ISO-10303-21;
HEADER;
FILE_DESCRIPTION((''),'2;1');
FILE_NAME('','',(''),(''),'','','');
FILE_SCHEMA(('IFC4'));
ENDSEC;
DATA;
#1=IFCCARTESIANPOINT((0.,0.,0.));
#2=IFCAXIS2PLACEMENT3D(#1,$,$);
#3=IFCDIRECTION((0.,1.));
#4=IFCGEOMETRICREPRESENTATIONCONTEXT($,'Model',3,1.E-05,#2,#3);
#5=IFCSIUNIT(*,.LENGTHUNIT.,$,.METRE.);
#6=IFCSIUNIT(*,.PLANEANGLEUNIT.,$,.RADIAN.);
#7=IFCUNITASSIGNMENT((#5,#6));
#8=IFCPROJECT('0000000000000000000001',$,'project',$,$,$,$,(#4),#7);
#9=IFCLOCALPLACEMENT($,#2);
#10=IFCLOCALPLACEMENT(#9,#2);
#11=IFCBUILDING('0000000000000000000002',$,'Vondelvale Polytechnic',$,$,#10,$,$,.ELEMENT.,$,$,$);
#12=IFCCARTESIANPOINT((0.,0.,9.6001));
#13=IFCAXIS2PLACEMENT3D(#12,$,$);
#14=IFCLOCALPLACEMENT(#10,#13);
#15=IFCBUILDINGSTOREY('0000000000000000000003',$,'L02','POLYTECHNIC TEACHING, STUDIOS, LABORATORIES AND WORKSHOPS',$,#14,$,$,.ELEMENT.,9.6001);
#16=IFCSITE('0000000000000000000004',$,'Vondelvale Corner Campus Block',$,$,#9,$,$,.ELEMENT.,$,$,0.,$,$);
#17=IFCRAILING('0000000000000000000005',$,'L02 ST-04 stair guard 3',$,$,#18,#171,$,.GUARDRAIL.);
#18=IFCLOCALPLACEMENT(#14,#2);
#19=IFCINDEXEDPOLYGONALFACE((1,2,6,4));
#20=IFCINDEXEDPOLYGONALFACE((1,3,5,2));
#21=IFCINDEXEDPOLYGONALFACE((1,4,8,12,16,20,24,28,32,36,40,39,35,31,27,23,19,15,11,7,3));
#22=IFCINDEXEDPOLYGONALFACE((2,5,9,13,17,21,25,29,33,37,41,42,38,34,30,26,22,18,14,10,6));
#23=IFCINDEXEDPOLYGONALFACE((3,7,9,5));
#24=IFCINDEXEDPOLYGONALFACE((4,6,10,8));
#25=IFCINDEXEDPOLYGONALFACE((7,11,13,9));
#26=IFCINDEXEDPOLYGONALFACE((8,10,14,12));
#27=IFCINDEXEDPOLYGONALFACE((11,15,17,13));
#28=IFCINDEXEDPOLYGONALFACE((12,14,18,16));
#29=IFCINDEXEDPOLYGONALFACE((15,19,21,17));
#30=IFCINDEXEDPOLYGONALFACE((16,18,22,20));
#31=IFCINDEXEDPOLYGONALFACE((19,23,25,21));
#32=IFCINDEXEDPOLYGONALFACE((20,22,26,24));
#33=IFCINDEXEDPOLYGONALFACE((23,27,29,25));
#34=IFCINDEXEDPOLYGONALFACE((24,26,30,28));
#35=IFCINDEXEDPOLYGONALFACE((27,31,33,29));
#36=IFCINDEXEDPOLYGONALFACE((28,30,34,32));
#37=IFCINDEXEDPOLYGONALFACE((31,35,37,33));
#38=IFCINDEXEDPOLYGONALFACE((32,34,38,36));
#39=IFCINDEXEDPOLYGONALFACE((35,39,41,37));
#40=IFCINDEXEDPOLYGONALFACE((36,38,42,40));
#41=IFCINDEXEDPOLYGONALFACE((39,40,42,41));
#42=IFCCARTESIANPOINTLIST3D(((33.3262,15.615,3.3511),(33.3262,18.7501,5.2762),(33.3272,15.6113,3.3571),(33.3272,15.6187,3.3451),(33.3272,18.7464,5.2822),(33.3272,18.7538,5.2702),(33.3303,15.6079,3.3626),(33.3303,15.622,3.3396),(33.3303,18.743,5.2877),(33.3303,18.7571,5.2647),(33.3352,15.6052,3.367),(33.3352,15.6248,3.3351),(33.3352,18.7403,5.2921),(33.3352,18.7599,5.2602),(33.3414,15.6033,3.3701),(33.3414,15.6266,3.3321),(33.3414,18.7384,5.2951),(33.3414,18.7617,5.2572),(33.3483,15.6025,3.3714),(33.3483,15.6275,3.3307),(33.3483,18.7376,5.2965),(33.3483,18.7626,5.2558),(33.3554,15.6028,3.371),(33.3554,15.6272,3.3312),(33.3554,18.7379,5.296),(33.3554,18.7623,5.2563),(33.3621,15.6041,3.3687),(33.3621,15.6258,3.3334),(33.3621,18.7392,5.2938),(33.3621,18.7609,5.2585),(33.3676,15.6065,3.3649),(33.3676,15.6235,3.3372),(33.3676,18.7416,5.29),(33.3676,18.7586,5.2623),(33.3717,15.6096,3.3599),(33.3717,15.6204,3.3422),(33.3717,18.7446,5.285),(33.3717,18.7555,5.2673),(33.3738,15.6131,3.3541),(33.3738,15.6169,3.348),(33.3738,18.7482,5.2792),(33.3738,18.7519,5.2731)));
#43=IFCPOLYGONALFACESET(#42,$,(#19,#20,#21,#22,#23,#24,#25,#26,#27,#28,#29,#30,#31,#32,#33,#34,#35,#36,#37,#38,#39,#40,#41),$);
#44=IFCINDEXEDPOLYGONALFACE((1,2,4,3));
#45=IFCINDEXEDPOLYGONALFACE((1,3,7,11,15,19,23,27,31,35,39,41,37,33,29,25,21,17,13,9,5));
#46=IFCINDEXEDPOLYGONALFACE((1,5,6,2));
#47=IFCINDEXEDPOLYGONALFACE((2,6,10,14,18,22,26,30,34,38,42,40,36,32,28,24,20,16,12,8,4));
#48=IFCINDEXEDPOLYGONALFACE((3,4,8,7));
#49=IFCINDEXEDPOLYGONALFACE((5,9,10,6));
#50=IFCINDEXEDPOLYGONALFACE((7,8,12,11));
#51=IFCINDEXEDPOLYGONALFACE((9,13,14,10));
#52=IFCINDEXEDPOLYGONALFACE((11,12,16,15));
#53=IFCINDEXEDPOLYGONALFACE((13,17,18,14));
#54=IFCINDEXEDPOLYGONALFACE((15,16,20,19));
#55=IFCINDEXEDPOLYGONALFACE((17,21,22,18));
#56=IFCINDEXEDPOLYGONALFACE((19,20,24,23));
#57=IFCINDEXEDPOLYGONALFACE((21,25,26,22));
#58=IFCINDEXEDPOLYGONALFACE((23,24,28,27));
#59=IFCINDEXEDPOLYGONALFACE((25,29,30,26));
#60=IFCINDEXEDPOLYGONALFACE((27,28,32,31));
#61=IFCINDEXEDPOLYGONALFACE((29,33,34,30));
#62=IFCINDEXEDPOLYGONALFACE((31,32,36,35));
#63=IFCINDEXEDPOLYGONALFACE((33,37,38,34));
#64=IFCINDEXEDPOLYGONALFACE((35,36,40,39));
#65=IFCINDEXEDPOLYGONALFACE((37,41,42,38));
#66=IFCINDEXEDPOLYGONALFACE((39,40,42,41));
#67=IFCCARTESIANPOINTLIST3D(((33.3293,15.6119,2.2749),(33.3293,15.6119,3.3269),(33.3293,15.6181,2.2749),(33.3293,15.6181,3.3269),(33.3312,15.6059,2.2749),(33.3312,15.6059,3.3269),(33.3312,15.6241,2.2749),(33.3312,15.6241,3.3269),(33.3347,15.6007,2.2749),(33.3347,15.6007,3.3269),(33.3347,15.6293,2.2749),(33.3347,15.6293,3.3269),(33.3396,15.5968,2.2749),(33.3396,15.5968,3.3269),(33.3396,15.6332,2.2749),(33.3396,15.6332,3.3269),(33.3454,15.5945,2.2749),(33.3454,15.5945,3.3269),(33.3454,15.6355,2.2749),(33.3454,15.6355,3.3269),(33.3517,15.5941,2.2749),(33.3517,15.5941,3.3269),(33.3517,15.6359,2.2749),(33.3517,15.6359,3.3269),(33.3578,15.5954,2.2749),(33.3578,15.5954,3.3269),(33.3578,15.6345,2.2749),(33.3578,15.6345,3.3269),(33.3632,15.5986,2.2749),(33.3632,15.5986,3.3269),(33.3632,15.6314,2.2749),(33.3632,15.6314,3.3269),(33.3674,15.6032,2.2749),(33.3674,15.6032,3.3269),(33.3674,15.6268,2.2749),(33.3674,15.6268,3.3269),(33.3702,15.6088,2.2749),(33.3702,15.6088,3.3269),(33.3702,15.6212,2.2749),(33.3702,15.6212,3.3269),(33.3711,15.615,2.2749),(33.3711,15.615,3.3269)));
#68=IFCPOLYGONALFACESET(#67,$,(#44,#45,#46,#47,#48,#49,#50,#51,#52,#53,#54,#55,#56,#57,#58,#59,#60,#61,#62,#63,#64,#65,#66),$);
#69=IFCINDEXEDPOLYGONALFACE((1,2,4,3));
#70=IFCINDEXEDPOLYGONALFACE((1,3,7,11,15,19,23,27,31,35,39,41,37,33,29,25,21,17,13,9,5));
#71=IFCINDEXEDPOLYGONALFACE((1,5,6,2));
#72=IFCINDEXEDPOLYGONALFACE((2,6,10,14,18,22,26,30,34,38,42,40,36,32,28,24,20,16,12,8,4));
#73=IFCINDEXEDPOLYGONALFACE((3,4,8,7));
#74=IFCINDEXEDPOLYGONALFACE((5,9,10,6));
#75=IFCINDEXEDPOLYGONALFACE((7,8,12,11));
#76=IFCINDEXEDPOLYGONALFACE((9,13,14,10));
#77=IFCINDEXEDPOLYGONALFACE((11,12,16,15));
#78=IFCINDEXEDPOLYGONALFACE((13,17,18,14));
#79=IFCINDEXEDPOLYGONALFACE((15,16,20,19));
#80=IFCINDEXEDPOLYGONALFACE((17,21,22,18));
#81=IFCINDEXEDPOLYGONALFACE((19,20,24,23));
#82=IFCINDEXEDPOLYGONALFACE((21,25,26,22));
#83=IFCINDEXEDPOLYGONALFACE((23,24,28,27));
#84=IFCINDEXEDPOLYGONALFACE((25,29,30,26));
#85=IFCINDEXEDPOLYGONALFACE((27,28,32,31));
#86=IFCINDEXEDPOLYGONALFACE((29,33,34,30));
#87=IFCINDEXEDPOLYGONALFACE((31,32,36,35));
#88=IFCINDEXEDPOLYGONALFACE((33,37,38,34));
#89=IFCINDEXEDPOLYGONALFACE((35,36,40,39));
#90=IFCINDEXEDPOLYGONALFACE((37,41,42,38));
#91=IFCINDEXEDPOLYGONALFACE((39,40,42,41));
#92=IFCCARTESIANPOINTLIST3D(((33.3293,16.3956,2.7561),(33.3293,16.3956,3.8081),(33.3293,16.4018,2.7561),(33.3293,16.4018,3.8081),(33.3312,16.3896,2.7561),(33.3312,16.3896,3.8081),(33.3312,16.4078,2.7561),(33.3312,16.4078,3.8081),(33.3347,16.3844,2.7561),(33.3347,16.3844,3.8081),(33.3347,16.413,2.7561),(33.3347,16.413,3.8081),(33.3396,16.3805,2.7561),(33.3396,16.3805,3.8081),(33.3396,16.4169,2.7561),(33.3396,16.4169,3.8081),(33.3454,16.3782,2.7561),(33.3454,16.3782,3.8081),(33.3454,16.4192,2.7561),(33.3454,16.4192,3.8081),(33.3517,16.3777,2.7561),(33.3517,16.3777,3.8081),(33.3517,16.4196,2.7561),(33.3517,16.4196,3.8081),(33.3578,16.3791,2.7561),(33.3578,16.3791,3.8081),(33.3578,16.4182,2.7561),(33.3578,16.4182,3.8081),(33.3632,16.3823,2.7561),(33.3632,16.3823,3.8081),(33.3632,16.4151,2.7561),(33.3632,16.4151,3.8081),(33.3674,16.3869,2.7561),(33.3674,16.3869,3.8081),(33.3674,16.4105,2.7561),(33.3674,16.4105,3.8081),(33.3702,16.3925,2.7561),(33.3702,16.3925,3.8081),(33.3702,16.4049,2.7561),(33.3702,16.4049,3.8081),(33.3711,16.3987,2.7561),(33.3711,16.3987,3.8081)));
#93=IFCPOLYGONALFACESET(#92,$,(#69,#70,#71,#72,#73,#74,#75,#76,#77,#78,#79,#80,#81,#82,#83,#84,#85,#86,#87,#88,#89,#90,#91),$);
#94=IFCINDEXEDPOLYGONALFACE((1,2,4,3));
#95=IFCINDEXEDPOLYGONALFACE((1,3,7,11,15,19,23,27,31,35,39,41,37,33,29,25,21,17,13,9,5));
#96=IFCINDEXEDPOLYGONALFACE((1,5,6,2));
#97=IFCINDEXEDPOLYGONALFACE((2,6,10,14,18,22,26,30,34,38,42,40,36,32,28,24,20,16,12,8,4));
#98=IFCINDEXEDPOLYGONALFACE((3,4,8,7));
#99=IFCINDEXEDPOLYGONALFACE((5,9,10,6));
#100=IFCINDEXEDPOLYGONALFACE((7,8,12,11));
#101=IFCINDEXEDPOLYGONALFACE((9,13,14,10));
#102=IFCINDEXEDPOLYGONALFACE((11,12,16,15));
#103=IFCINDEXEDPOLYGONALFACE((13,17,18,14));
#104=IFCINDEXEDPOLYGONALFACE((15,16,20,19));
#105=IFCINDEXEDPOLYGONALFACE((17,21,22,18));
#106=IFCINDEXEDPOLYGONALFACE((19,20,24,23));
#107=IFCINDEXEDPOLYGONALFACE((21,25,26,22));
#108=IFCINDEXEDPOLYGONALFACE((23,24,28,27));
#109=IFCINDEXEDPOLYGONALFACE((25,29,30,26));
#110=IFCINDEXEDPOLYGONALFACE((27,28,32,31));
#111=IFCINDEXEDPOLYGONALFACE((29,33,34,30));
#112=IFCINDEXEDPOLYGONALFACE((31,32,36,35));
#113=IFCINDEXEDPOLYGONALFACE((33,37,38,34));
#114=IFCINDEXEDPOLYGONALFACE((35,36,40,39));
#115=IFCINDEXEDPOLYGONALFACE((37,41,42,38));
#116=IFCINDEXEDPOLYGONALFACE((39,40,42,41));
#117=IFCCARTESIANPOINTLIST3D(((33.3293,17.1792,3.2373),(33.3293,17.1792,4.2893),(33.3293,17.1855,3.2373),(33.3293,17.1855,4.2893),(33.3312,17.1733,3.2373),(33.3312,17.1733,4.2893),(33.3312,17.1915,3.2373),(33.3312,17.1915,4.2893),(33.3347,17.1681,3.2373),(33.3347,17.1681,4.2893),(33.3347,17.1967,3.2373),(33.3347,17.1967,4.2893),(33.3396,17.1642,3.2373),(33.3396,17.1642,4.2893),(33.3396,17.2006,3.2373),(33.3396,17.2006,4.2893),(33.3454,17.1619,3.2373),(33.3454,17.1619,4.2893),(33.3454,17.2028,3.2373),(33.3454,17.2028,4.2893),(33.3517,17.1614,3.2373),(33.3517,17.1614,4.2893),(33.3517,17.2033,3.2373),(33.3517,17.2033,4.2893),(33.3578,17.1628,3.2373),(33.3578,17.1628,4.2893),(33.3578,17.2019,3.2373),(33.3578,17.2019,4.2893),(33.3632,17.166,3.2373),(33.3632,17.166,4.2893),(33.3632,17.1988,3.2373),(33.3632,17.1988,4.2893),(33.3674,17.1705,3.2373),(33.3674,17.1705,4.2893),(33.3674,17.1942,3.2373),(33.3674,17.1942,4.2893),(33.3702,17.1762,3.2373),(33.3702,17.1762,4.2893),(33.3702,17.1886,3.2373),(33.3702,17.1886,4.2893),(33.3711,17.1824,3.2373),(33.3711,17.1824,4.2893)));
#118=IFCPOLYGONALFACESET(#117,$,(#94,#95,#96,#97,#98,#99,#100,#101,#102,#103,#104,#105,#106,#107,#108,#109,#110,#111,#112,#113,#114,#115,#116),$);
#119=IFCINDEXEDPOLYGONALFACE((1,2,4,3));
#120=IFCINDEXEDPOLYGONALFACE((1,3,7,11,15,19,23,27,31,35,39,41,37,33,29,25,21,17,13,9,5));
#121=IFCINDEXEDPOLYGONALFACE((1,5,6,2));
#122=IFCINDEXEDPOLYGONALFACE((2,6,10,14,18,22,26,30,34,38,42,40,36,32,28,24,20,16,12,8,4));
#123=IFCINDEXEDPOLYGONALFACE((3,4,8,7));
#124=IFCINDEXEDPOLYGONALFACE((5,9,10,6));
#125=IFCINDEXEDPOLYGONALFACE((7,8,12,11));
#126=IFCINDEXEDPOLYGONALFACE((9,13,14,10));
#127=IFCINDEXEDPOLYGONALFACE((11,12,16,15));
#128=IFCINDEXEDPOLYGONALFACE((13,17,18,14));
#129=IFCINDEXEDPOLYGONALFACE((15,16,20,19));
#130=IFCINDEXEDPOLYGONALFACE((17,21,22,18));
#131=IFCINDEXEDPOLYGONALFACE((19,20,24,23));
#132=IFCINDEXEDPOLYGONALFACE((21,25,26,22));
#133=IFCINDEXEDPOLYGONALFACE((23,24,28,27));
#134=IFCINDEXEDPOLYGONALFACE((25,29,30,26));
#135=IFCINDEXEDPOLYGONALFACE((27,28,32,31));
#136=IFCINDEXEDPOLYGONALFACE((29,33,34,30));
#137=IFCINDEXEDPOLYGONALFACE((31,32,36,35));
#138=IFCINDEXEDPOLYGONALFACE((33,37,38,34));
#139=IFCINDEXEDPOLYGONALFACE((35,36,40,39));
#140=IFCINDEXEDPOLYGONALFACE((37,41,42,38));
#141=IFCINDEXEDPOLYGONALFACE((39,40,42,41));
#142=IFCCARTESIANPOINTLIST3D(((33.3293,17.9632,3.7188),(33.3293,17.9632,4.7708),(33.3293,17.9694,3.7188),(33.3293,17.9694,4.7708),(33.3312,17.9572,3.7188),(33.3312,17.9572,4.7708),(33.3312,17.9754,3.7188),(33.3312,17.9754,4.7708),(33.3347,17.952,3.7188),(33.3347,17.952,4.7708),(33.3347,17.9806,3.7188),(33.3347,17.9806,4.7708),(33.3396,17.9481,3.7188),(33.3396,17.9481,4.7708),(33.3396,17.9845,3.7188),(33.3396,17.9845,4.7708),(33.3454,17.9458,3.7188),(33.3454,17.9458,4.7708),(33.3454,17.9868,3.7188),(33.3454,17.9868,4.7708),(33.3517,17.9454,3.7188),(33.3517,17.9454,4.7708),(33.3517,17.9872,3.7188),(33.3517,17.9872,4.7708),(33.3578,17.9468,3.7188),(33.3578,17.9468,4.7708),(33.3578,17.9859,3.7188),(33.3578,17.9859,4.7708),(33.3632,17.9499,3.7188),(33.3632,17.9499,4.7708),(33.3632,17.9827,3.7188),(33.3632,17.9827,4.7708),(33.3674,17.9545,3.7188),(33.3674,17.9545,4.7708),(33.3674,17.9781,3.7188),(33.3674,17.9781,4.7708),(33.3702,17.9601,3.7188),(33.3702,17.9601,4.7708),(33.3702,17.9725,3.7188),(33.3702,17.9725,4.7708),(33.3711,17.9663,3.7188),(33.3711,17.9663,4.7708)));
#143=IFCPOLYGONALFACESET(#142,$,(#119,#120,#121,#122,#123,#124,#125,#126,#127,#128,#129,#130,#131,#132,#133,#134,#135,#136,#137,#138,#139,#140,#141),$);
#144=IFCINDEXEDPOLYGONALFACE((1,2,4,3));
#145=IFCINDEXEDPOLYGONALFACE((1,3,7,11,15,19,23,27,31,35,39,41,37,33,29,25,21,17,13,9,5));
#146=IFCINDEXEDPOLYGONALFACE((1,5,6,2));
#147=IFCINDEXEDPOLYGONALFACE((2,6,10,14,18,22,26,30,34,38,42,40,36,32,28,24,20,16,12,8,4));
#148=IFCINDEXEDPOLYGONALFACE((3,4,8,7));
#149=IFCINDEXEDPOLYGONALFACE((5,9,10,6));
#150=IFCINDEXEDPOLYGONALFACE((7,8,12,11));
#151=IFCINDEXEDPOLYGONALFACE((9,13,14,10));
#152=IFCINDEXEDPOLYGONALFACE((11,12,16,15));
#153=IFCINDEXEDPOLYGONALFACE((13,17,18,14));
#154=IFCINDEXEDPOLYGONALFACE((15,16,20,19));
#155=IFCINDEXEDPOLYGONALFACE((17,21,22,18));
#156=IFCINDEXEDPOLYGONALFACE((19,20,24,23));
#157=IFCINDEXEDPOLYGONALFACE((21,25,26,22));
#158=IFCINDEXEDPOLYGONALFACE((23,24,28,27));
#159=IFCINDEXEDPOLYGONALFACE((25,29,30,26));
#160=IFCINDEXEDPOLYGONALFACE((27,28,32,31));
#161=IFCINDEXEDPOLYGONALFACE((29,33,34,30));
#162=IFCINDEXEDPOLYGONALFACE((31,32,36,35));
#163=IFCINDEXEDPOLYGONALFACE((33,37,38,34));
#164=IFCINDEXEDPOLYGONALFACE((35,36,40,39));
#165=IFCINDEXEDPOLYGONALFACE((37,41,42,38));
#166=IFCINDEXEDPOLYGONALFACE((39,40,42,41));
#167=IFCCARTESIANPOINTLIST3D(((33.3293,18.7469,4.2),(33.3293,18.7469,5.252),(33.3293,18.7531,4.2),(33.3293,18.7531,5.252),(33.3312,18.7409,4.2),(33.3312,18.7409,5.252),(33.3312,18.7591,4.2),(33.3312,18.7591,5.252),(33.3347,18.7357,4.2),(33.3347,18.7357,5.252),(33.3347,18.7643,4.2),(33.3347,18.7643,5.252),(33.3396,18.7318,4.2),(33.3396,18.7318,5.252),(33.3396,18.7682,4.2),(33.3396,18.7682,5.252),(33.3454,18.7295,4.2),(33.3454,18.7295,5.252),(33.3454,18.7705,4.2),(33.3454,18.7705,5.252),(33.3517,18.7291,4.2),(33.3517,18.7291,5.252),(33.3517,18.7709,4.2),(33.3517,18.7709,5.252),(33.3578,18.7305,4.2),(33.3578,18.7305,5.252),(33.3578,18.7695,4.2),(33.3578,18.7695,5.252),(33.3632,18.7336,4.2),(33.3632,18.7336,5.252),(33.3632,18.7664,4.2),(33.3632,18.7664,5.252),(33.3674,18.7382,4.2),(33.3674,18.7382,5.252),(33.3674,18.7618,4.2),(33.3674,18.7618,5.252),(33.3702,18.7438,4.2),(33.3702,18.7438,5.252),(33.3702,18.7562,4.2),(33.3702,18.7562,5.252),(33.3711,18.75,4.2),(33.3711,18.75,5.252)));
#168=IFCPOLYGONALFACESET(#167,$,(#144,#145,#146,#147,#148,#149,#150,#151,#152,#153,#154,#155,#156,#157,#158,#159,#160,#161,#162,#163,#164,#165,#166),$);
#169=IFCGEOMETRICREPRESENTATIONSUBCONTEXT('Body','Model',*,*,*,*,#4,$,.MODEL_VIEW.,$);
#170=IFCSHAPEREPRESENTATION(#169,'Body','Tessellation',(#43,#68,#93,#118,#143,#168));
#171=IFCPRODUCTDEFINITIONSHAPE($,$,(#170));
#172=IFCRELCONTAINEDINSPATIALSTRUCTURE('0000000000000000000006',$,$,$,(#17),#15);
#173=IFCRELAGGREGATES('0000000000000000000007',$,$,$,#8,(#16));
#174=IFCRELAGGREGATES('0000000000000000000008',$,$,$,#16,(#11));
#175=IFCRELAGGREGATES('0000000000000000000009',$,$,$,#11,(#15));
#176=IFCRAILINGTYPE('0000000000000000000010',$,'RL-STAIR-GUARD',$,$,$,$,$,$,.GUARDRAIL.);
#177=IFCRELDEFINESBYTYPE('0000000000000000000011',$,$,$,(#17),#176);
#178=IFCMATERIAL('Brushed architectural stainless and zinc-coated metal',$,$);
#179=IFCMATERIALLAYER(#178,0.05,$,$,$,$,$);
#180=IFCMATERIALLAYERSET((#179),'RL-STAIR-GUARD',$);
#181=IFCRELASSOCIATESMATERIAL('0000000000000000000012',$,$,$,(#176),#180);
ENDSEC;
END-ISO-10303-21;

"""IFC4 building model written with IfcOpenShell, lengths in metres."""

from ifc_helpers import new_model, si_unit, direction, frame, origin, origin_2d, place, context, subcontext, project, spatial, circle, extrude, material, layer, layer_set, type_object, element, save


model = new_model("IFC4")

# Units and contexts
model_context = context("Model", 3, precision=1e-05, world=origin(), true_north=direction((0.0, 1.0)))
body_context = subcontext(model_context, "Body", "Model", "MODEL_VIEW")
ifc_project = project(units=[si_unit("LENGTHUNIT", "METRE"), si_unit("PLANEANGLEUNIT", "RADIAN")], contexts=[model_context])

# Site, building, storey
site_placement = place(None, origin())
site = spatial("IfcSite", under=ifc_project, at=site_placement, Name="Vondelvale Corner Campus Block", CompositionType="ELEMENT", RefElevation=0.0)
building_placement = place(site_placement, origin())
building = spatial("IfcBuilding", under=site, at=building_placement, Name="Vondelvale Polytechnic", CompositionType="ELEMENT")
storey_placement = place(building_placement, frame((0.0, 0.0, 9.6001)))
storey = spatial("IfcBuildingStorey", under=building, at=storey_placement, Name="L02", Description="POLYTECHNIC TEACHING, STUDIOS, LABORATORIES AND WORKSHOPS", CompositionType="ELEMENT", Elevation=9.6001)

# Shared definitions
ifc_material_1 = material(Name="Brushed architectural stainless and zinc-coated metal")

# Railing
ifc_layer_1 = layer(ifc_material_1, 0.05)
ifc_layer_set_1 = layer_set([ifc_layer_1], Name="RL-STAIR-GUARD")
railing_type_1 = type_object("IfcRailingType", Name="RL-STAIR-GUARD", PredefinedType="GUARDRAIL", material=ifc_layer_set_1)
railing_1_placement = place(storey_placement, frame((33.3501, 15.615, 2.2749)))
element("IfcRailing", 1, at=railing_1_placement, inside=storey, type_object=railing_type_1, Name="L02 ST-04 stair guard 3", PredefinedType="GUARDRAIL", context=body_context, shape_type="SweptSolid", body=[
    extrude(circle(Radius=0.0239, at=origin_2d()), frame((0.0, 0.0, 1.0762), z_axis=(0.0, 0.852166, 0.523271), x_axis=(-1.0, 0.0, 0.0)), (0.0, 0.0, 1.0), 3.679),
    extrude(circle(Radius=0.021, at=origin_2d()), origin(), (0.0, 0.0, 1.0), 1.052),
    extrude(circle(Radius=0.021, at=origin_2d()), frame((0.0, 0.7837, 0.4812)), (0.0, 0.0, 1.0), 1.052),
    extrude(circle(Radius=0.021, at=origin_2d()), frame((0.0, 1.5674, 0.9624)), (0.0, 0.0, 1.0), 1.052),
    extrude(circle(Radius=0.021, at=origin_2d()), frame((0.0, 2.3513, 1.4438)), (0.0, 0.0, 1.0), 1.052),
    extrude(circle(Radius=0.021, at=origin_2d()), frame((0.0, 3.135, 1.925)), (0.0, 0.0, 1.0), 1.052),
])

save(model, "model.ifc")
